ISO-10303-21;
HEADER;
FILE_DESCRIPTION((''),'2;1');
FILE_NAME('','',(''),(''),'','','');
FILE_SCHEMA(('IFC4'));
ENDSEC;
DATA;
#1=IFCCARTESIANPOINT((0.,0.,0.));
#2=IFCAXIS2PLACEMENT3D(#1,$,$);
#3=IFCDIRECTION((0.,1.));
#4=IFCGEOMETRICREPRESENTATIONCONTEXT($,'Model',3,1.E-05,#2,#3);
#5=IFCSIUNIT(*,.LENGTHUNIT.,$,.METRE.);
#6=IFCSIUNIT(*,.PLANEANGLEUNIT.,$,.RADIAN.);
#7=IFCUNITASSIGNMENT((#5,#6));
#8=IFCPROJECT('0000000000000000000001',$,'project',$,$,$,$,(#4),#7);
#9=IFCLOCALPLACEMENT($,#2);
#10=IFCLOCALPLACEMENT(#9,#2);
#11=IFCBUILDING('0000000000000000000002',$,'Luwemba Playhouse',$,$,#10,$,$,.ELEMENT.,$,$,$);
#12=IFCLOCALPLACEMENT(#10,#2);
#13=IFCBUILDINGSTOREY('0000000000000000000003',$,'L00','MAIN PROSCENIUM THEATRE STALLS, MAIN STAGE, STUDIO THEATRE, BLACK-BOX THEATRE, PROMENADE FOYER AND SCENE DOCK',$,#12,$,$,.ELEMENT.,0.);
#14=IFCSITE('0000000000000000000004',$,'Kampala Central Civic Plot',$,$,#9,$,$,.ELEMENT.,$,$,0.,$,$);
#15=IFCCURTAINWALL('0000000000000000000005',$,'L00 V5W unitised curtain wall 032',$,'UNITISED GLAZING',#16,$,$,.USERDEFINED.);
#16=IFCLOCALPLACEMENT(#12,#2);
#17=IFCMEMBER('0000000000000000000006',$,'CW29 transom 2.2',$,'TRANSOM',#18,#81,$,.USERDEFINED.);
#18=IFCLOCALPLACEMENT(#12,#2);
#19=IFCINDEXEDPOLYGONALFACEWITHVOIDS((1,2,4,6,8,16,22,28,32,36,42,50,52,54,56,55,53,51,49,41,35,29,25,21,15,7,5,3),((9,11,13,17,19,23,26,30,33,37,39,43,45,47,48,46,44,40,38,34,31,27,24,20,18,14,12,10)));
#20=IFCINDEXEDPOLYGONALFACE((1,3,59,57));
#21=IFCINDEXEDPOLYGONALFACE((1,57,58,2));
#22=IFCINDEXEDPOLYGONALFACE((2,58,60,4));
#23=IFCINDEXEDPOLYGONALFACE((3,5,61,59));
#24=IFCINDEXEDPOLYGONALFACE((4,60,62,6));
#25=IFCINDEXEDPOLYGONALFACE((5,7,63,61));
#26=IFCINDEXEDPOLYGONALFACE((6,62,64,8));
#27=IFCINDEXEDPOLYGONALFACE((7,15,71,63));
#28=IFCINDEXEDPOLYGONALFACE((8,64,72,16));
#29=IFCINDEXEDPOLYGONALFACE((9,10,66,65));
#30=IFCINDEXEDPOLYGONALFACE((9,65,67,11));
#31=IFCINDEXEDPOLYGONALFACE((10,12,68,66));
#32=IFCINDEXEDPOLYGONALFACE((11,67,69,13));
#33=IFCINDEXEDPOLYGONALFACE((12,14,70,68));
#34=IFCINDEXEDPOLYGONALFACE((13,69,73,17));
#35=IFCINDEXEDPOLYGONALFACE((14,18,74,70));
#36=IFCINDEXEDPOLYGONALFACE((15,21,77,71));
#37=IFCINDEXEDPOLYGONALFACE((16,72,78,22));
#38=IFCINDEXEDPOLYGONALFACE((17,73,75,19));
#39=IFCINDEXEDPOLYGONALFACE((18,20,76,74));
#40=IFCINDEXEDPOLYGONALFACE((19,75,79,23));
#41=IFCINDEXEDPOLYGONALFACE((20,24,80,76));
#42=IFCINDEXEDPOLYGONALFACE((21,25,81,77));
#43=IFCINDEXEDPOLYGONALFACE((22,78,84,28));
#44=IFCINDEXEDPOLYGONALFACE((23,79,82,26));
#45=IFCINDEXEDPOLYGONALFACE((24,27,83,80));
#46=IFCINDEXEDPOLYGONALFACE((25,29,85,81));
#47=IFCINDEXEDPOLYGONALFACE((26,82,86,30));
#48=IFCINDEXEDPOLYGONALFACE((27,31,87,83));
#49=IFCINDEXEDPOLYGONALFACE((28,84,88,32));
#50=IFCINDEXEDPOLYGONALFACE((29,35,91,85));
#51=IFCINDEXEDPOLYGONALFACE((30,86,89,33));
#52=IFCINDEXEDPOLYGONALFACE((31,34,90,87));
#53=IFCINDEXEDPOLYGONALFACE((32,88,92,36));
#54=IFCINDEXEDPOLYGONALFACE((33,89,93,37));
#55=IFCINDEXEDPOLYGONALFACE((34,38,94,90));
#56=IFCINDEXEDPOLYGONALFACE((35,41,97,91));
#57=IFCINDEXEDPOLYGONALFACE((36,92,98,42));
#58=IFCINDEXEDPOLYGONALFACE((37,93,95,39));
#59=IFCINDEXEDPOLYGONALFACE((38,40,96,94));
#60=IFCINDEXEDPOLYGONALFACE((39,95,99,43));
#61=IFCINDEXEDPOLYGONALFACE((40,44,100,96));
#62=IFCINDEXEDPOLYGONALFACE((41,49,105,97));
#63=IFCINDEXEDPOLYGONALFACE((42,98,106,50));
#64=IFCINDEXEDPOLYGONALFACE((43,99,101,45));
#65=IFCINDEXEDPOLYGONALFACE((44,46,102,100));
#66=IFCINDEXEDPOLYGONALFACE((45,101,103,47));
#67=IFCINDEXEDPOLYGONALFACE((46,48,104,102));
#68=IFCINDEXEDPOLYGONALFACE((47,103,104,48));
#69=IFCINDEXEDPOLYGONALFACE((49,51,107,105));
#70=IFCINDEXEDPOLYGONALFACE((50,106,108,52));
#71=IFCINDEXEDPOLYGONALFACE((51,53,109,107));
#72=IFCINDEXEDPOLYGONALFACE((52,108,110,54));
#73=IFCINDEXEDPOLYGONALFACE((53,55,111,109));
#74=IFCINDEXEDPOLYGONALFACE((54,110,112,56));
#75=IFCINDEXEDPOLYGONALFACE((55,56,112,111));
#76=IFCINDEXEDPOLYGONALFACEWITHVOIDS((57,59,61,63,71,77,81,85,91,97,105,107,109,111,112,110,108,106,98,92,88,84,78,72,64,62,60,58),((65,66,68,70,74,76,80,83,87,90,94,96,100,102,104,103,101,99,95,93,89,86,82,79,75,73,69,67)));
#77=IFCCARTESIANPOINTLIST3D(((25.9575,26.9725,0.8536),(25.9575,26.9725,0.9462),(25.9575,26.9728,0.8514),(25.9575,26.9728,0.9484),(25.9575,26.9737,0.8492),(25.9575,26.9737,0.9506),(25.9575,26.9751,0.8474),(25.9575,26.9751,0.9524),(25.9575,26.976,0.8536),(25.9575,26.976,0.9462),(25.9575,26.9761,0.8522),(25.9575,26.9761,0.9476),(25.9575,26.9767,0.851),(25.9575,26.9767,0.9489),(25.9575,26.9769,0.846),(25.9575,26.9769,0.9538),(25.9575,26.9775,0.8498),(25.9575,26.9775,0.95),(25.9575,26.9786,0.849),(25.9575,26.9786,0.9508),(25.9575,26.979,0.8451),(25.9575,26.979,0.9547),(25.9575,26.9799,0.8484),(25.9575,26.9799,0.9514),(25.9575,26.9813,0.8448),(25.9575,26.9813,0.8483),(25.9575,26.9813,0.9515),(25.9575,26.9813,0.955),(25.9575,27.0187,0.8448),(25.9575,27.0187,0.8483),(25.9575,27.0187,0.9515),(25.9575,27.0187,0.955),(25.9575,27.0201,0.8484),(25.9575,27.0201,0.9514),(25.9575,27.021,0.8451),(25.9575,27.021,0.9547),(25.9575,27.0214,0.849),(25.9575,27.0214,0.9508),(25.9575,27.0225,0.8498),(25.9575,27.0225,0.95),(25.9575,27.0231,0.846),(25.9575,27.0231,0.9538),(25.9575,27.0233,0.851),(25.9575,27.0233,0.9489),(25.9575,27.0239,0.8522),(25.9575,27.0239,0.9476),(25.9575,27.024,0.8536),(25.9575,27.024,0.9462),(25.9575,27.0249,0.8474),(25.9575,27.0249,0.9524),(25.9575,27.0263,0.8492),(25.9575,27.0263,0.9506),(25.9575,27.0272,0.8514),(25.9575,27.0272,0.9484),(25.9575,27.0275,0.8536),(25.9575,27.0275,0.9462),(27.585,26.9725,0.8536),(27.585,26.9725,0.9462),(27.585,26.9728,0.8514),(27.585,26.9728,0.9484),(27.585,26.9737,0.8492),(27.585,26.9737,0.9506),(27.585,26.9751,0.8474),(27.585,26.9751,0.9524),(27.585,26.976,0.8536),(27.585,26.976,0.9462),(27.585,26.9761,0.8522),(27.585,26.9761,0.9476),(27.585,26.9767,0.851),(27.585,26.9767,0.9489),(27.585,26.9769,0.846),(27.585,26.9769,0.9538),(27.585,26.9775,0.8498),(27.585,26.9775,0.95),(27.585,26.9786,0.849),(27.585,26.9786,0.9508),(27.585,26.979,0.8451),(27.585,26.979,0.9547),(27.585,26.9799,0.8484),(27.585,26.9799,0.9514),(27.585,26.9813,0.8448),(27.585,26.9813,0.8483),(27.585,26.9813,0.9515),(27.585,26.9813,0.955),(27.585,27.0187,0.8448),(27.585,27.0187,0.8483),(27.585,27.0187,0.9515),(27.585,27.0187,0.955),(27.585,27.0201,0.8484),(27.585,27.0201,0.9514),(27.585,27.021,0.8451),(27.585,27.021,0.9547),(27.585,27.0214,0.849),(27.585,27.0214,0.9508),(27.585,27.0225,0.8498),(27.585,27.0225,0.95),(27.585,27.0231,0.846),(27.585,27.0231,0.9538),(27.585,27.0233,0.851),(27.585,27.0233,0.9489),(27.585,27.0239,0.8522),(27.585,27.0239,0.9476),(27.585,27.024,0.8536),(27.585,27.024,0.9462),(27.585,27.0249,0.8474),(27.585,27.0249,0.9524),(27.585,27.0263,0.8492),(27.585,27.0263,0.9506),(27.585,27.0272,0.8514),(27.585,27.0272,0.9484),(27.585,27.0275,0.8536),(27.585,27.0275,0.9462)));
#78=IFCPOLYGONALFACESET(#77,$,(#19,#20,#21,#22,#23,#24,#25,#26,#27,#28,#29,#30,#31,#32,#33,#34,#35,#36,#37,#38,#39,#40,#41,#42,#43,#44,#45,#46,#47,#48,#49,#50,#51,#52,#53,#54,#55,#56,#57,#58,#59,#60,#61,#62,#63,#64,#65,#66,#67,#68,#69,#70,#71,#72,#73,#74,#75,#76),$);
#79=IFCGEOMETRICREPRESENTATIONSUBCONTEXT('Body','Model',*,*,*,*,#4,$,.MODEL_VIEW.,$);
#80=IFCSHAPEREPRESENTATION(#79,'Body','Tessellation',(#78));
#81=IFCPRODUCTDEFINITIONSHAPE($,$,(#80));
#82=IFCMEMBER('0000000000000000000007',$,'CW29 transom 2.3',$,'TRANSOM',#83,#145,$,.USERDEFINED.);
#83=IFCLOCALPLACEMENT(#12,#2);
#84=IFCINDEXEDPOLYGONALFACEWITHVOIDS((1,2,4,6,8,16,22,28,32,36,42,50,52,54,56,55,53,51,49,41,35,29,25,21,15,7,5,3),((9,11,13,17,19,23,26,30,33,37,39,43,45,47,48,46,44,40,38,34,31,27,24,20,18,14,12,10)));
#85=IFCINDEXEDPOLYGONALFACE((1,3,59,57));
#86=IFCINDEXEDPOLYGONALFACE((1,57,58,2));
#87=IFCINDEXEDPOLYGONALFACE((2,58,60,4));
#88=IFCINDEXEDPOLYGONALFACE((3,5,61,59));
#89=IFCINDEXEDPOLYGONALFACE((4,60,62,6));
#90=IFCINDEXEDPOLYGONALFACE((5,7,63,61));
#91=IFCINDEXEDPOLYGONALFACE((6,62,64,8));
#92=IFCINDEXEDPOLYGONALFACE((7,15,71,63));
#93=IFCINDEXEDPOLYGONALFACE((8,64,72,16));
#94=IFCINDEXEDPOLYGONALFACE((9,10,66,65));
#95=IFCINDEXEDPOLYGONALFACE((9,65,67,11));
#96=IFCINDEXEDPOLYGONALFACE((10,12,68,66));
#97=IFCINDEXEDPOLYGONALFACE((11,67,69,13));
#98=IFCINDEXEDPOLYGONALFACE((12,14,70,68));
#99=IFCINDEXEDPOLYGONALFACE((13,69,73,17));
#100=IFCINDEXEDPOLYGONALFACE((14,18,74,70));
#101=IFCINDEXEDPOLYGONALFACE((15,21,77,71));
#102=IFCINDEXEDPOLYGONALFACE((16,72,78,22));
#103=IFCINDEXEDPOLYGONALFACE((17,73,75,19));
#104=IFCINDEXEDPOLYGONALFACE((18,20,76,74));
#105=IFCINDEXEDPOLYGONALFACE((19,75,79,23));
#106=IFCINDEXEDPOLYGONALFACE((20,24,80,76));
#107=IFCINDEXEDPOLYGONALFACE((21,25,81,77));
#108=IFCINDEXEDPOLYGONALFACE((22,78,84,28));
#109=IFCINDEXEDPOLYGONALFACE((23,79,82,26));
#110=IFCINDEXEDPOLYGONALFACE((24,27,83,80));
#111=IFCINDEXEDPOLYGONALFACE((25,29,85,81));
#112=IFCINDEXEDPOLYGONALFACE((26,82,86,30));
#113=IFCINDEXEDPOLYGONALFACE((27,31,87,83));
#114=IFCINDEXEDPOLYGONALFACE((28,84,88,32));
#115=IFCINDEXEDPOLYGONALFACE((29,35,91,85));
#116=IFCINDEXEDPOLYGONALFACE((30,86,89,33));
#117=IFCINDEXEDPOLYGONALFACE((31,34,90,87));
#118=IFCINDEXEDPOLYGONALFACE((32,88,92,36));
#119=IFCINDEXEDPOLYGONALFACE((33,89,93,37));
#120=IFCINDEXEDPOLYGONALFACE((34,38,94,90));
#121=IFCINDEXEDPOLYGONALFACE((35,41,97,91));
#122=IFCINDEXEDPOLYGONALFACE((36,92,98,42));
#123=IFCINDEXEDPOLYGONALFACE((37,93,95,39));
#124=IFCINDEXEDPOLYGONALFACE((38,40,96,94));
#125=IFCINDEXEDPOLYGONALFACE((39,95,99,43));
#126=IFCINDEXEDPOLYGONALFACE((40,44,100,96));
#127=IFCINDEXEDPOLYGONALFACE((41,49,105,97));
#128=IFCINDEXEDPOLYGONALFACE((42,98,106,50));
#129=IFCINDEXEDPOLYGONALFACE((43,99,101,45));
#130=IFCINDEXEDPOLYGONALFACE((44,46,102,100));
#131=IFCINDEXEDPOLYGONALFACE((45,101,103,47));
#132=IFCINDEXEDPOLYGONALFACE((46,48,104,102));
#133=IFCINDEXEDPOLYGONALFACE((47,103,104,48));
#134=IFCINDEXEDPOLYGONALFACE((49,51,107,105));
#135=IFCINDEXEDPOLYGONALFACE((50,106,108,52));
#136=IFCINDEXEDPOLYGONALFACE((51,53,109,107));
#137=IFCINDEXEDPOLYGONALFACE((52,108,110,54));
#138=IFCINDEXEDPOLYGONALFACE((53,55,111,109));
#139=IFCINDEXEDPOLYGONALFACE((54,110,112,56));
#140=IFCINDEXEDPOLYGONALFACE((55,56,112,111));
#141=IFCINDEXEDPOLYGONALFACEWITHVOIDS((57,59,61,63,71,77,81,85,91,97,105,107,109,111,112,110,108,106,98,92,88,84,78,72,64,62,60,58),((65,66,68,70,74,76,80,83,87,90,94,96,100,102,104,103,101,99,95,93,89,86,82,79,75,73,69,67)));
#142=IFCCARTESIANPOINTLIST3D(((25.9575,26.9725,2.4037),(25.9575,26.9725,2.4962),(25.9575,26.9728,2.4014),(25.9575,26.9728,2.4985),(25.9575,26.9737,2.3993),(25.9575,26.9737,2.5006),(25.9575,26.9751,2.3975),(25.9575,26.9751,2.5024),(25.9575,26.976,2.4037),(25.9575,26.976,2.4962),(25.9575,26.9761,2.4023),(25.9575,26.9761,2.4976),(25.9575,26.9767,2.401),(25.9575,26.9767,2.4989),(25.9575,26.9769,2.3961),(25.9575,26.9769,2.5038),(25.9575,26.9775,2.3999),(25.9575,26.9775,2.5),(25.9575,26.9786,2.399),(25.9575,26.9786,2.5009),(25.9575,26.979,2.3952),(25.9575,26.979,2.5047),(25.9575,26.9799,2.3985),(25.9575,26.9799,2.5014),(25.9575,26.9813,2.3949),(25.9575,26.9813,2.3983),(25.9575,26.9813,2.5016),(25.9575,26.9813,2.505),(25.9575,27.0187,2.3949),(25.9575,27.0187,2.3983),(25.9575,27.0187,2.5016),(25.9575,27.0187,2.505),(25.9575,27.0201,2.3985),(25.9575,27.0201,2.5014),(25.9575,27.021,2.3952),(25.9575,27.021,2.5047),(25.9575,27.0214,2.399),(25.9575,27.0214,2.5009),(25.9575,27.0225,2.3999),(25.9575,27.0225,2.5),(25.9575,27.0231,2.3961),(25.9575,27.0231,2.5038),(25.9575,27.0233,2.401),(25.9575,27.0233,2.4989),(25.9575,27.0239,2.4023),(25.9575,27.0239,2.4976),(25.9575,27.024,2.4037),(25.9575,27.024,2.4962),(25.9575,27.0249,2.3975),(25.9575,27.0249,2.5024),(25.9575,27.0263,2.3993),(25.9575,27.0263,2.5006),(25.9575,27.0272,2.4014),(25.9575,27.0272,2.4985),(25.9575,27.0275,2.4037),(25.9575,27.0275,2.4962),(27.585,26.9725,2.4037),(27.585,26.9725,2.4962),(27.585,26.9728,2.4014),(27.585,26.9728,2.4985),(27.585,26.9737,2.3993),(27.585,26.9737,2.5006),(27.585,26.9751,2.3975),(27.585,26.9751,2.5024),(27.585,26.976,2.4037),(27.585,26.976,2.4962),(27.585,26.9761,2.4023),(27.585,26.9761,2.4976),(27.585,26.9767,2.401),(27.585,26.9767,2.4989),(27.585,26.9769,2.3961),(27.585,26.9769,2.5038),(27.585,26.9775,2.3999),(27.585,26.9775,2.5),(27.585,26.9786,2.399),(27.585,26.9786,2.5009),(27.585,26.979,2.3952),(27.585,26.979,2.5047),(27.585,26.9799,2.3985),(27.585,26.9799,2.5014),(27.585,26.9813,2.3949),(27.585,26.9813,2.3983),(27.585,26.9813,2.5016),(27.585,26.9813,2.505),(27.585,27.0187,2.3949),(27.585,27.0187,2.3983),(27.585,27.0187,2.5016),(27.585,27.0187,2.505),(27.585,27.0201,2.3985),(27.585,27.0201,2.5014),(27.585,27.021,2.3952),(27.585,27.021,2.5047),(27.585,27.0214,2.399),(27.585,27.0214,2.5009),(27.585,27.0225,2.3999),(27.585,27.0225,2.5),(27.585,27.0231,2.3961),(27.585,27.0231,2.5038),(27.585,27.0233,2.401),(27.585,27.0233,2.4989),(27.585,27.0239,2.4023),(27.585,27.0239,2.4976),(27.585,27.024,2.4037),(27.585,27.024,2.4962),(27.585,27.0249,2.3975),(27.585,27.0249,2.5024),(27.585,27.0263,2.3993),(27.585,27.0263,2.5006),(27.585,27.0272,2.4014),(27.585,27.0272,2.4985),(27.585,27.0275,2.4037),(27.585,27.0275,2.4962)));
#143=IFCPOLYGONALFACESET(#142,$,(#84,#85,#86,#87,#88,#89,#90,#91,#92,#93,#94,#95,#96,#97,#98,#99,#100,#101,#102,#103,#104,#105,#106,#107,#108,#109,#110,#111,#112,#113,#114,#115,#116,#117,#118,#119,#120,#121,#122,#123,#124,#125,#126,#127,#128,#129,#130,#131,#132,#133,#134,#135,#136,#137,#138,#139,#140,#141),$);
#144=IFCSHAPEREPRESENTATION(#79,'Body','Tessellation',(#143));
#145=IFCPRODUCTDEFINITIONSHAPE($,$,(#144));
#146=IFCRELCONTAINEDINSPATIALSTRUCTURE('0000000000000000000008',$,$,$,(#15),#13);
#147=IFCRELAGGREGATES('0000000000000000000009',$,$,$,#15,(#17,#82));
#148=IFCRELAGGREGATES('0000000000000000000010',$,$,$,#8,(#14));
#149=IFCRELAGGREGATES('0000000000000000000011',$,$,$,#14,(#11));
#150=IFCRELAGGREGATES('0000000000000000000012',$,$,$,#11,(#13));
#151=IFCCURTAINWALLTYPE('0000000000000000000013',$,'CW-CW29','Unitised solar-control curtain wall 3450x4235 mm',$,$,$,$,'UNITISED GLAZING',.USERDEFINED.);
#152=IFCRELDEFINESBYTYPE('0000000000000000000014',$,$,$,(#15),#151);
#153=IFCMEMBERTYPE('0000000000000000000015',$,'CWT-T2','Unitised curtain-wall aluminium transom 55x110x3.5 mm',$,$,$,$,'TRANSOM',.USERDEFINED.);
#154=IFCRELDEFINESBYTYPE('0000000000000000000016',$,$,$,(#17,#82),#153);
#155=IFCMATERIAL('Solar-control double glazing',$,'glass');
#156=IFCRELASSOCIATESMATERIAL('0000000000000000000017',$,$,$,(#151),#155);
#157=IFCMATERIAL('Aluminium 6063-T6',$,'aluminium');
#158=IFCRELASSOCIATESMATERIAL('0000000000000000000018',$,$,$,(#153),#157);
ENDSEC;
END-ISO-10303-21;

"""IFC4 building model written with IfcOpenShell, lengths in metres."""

from ifc_helpers import new_model, si_unit, direction, frame, origin, origin_2d, place, context, subcontext, project, spatial, hollow_rectangle, extrude, material, material_profile, profile_set, type_object, element, aggregate, save


model = new_model("IFC4")

# Units and contexts
model_context = context("Model", 3, precision=1e-05, world=origin(), true_north=direction((0.0, 1.0)))
body_context = subcontext(model_context, "Body", "Model", "MODEL_VIEW")
ifc_project = project(units=[si_unit("LENGTHUNIT", "METRE"), si_unit("PLANEANGLEUNIT", "RADIAN")], contexts=[model_context])

# Site, building, storey
site_placement = place(None, origin())
site = spatial("IfcSite", under=ifc_project, at=site_placement, Name="Kampala Central Civic Plot", CompositionType="ELEMENT", RefElevation=0.0)
building_placement = place(site_placement, origin())
building = spatial("IfcBuilding", under=site, at=building_placement, Name="Luwemba Playhouse", CompositionType="ELEMENT")
storey_placement = place(building_placement, origin())
storey = spatial("IfcBuildingStorey", under=building, at=storey_placement, Name="L00", Description="MAIN PROSCENIUM THEATRE STALLS, MAIN STAGE, STUDIO THEATRE, BLACK-BOX THEATRE, PROMENADE FOYER AND SCENE DOCK", CompositionType="ELEMENT", Elevation=0.0)

# Shared definitions
ifc_material_1 = material(Name="Solar-control double glazing", Category="glass")
ifc_material_2 = material(Name="Aluminium 6063-T6", Category="aluminium")

# Curtain wall
curtain_wall_type_1 = type_object("IfcCurtainWallType", Name="CW-CW29", Description="Unitised solar-control curtain wall 3450x4235 mm", ElementType="UNITISED GLAZING", PredefinedType="USERDEFINED", material=ifc_material_1)
curtain_wall_1_placement = place(storey_placement, origin())
curtain_wall_1 = element("IfcCurtainWall", 1, at=curtain_wall_1_placement, inside=storey, type_object=curtain_wall_type_1, Name="L00 V5W unitised curtain wall 032", ObjectType="UNITISED GLAZING", PredefinedType="USERDEFINED")

# Members
ifc_material_profile_1 = material_profile(ifc_material_2, hollow_rectangle(XDim=0.0549, YDim=0.1101, WallThickness=0.0034, InnerFilletRadius=0.0054, OuterFilletRadius=0.0088, at=origin_2d()))
ifc_profile_set_1 = profile_set([ifc_material_profile_1], Name="Aluminium 6063-T6")
member_type_1 = type_object("IfcMemberType", Name="CWT-T2", Description="Unitised curtain-wall aluminium transom 55x110x3.5 mm", ElementType="TRANSOM", PredefinedType="USERDEFINED", material=ifc_profile_set_1)
member_1_placement = place(storey_placement, frame((25.9575, 27.0, 0.8999), z_axis=(1.0, 0.0, 0.0), x_axis=(0.0, 1.0, 0.0)))
member_1 = element("IfcMember", 2, at=member_1_placement, type_object=member_type_1, Name="CW29 transom 2.2", ObjectType="TRANSOM", PredefinedType="USERDEFINED", context=body_context, shape_type="SweptSolid", body=[
    extrude(hollow_rectangle(XDim=0.0549, YDim=0.1101, WallThickness=0.0034, InnerFilletRadius=0.0054, OuterFilletRadius=0.0088, at=origin_2d()), origin(), (0.0, 0.0, 1.0), 1.6274),
])
member_2_placement = place(storey_placement, frame((25.9575, 27.0, 2.45), z_axis=(1.0, 0.0, 0.0), x_axis=(0.0, 1.0, 0.0)))
member_2 = element("IfcMember", 3, at=member_2_placement, type_object=member_type_1, Name="CW29 transom 2.3", ObjectType="TRANSOM", PredefinedType="USERDEFINED", context=body_context, shape_type="SweptSolid", body=[
    extrude(hollow_rectangle(XDim=0.0549, YDim=0.1101, WallThickness=0.0034, InnerFilletRadius=0.0054, OuterFilletRadius=0.0088, at=origin_2d()), origin(), (0.0, 0.0, 1.0), 1.6274),
])

aggregate(curtain_wall_1, [member_1, member_2])

save(model, "model.ifc")
